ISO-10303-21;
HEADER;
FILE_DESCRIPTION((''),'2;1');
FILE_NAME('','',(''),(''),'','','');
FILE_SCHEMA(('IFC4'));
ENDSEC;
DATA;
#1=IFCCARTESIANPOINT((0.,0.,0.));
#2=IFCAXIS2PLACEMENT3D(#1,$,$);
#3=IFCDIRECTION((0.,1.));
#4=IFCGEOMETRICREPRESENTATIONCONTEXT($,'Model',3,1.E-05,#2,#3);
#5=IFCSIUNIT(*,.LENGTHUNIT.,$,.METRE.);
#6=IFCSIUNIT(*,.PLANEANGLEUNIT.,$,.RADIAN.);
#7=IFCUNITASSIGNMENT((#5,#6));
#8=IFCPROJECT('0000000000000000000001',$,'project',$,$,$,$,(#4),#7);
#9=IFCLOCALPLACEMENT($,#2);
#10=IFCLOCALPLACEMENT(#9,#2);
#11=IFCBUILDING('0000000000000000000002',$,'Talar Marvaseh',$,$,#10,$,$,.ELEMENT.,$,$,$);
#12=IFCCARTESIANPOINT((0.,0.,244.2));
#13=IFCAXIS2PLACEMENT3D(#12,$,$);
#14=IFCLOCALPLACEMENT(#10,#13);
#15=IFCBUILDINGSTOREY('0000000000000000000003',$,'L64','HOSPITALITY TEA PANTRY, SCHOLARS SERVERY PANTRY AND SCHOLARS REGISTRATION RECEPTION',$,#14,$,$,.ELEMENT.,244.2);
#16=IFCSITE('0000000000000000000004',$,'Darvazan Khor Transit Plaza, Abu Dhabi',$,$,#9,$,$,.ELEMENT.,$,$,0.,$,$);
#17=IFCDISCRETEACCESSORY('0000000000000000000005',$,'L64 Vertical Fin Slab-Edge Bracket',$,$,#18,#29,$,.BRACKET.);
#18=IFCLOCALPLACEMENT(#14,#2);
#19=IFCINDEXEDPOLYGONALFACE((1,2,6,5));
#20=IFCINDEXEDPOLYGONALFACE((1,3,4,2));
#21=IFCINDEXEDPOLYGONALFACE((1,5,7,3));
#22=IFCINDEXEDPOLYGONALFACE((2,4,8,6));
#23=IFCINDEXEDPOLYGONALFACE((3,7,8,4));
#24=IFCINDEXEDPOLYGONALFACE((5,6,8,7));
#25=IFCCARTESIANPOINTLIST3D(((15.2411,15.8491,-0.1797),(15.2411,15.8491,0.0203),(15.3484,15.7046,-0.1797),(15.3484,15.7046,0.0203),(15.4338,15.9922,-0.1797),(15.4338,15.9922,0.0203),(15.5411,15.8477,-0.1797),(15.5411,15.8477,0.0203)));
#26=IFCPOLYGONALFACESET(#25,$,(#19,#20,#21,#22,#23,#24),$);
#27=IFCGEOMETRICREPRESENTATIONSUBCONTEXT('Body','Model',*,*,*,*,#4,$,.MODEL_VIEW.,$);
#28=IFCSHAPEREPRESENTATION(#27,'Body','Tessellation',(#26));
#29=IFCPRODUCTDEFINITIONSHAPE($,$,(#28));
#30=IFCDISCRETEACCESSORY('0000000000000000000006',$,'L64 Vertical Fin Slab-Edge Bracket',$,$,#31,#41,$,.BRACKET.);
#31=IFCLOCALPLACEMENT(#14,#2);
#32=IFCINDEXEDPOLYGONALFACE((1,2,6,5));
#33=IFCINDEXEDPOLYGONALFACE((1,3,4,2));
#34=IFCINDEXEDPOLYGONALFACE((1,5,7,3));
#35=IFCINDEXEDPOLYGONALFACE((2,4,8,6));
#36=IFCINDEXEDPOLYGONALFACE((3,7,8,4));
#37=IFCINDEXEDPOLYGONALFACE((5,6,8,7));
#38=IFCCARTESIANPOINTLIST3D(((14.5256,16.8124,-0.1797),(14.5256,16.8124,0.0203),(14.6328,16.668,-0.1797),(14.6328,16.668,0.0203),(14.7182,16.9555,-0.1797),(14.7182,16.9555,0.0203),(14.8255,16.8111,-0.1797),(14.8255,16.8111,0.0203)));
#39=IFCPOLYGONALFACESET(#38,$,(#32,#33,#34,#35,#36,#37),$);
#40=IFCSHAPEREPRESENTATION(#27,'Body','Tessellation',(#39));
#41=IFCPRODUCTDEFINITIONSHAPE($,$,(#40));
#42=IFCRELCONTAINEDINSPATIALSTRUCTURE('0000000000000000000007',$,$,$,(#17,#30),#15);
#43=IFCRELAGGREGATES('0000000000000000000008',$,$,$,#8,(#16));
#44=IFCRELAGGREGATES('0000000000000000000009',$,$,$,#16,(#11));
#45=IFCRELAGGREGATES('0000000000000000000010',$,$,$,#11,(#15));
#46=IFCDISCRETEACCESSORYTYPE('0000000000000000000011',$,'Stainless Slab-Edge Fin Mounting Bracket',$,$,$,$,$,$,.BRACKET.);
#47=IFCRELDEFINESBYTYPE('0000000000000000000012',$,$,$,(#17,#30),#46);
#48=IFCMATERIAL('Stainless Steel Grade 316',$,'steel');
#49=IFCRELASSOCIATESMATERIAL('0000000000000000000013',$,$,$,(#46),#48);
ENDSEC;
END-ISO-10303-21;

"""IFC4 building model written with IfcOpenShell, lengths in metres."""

from ifc_helpers import new_model, si_unit, direction, frame, origin, origin_2d, place, context, subcontext, project, spatial, rectangle, extrude, source, transform, mapped, material, type_object, type_shapes, element, save


model = new_model("IFC4")

# Units and contexts
model_context = context("Model", 3, precision=1e-05, world=origin(), true_north=direction((0.0, 1.0)))
body_context = subcontext(model_context, "Body", "Model", "MODEL_VIEW")
ifc_project = project(units=[si_unit("LENGTHUNIT", "METRE"), si_unit("PLANEANGLEUNIT", "RADIAN")], contexts=[model_context])

# Site, building, storey
site_placement = place(None, origin())
site = spatial("IfcSite", under=ifc_project, at=site_placement, Name="Darvazan Khor Transit Plaza, Abu Dhabi", CompositionType="ELEMENT", RefElevation=0.0)
building_placement = place(site_placement, origin())
building = spatial("IfcBuilding", under=site, at=building_placement, Name="Talar Marvaseh", CompositionType="ELEMENT")
storey_placement = place(building_placement, frame((0.0, 0.0, 244.2)))
storey = spatial("IfcBuildingStorey", under=building, at=storey_placement, Name="L64", Description="HOSPITALITY TEA PANTRY, SCHOLARS SERVERY PANTRY AND SCHOLARS REGISTRATION RECEPTION", CompositionType="ELEMENT", Elevation=244.2)

# Discrete accessories
ifc_material_1 = material(Name="Stainless Steel Grade 316", Category="steel")
discrete_accessory_type = type_object("IfcDiscreteAccessoryType", Name="Stainless Slab-Edge Fin Mounting Bracket", PredefinedType="BRACKET", material=ifc_material_1)
shared_shape_1 = source(origin(), body_context, "Body", "SweptSolid", [
    extrude(rectangle(XDim=0.24, YDim=0.1799, at=origin_2d()), origin(), (0.0, 0.0, 1.0), 0.2),
])
type_shapes(discrete_accessory_type, [shared_shape_1])
for number, where, z_axis, x_axis, name in (
    (1, (15.3911, 15.8484, -0.1797), (0.0, 0.0, 1.0), (-0.802817, -0.596225, 0.0), "L64 Vertical Fin Slab-Edge Bracket"),
    (2, (14.6755, 16.8118, -0.1797), (0.0, 0.0, 1.0), (-0.802817, -0.596225, 0.0), "L64 Vertical Fin Slab-Edge Bracket"),
):
    element("IfcDiscreteAccessory", number, at=place(storey_placement, frame(where, z_axis=z_axis, x_axis=x_axis)), inside=storey, type_object=discrete_accessory_type, Name=name, PredefinedType="BRACKET", context=body_context, shape_type="MappedRepresentation", body=[
        mapped(shared_shape_1, transform((0.0, 0.0, 0.0), x_axis=(1.0, 0.0, 0.0), y_axis=(0.0, 1.0, 0.0), z_axis=(0.0, 0.0, 1.0), scale=1.0)),
    ])

save(model, "model.ifc")
